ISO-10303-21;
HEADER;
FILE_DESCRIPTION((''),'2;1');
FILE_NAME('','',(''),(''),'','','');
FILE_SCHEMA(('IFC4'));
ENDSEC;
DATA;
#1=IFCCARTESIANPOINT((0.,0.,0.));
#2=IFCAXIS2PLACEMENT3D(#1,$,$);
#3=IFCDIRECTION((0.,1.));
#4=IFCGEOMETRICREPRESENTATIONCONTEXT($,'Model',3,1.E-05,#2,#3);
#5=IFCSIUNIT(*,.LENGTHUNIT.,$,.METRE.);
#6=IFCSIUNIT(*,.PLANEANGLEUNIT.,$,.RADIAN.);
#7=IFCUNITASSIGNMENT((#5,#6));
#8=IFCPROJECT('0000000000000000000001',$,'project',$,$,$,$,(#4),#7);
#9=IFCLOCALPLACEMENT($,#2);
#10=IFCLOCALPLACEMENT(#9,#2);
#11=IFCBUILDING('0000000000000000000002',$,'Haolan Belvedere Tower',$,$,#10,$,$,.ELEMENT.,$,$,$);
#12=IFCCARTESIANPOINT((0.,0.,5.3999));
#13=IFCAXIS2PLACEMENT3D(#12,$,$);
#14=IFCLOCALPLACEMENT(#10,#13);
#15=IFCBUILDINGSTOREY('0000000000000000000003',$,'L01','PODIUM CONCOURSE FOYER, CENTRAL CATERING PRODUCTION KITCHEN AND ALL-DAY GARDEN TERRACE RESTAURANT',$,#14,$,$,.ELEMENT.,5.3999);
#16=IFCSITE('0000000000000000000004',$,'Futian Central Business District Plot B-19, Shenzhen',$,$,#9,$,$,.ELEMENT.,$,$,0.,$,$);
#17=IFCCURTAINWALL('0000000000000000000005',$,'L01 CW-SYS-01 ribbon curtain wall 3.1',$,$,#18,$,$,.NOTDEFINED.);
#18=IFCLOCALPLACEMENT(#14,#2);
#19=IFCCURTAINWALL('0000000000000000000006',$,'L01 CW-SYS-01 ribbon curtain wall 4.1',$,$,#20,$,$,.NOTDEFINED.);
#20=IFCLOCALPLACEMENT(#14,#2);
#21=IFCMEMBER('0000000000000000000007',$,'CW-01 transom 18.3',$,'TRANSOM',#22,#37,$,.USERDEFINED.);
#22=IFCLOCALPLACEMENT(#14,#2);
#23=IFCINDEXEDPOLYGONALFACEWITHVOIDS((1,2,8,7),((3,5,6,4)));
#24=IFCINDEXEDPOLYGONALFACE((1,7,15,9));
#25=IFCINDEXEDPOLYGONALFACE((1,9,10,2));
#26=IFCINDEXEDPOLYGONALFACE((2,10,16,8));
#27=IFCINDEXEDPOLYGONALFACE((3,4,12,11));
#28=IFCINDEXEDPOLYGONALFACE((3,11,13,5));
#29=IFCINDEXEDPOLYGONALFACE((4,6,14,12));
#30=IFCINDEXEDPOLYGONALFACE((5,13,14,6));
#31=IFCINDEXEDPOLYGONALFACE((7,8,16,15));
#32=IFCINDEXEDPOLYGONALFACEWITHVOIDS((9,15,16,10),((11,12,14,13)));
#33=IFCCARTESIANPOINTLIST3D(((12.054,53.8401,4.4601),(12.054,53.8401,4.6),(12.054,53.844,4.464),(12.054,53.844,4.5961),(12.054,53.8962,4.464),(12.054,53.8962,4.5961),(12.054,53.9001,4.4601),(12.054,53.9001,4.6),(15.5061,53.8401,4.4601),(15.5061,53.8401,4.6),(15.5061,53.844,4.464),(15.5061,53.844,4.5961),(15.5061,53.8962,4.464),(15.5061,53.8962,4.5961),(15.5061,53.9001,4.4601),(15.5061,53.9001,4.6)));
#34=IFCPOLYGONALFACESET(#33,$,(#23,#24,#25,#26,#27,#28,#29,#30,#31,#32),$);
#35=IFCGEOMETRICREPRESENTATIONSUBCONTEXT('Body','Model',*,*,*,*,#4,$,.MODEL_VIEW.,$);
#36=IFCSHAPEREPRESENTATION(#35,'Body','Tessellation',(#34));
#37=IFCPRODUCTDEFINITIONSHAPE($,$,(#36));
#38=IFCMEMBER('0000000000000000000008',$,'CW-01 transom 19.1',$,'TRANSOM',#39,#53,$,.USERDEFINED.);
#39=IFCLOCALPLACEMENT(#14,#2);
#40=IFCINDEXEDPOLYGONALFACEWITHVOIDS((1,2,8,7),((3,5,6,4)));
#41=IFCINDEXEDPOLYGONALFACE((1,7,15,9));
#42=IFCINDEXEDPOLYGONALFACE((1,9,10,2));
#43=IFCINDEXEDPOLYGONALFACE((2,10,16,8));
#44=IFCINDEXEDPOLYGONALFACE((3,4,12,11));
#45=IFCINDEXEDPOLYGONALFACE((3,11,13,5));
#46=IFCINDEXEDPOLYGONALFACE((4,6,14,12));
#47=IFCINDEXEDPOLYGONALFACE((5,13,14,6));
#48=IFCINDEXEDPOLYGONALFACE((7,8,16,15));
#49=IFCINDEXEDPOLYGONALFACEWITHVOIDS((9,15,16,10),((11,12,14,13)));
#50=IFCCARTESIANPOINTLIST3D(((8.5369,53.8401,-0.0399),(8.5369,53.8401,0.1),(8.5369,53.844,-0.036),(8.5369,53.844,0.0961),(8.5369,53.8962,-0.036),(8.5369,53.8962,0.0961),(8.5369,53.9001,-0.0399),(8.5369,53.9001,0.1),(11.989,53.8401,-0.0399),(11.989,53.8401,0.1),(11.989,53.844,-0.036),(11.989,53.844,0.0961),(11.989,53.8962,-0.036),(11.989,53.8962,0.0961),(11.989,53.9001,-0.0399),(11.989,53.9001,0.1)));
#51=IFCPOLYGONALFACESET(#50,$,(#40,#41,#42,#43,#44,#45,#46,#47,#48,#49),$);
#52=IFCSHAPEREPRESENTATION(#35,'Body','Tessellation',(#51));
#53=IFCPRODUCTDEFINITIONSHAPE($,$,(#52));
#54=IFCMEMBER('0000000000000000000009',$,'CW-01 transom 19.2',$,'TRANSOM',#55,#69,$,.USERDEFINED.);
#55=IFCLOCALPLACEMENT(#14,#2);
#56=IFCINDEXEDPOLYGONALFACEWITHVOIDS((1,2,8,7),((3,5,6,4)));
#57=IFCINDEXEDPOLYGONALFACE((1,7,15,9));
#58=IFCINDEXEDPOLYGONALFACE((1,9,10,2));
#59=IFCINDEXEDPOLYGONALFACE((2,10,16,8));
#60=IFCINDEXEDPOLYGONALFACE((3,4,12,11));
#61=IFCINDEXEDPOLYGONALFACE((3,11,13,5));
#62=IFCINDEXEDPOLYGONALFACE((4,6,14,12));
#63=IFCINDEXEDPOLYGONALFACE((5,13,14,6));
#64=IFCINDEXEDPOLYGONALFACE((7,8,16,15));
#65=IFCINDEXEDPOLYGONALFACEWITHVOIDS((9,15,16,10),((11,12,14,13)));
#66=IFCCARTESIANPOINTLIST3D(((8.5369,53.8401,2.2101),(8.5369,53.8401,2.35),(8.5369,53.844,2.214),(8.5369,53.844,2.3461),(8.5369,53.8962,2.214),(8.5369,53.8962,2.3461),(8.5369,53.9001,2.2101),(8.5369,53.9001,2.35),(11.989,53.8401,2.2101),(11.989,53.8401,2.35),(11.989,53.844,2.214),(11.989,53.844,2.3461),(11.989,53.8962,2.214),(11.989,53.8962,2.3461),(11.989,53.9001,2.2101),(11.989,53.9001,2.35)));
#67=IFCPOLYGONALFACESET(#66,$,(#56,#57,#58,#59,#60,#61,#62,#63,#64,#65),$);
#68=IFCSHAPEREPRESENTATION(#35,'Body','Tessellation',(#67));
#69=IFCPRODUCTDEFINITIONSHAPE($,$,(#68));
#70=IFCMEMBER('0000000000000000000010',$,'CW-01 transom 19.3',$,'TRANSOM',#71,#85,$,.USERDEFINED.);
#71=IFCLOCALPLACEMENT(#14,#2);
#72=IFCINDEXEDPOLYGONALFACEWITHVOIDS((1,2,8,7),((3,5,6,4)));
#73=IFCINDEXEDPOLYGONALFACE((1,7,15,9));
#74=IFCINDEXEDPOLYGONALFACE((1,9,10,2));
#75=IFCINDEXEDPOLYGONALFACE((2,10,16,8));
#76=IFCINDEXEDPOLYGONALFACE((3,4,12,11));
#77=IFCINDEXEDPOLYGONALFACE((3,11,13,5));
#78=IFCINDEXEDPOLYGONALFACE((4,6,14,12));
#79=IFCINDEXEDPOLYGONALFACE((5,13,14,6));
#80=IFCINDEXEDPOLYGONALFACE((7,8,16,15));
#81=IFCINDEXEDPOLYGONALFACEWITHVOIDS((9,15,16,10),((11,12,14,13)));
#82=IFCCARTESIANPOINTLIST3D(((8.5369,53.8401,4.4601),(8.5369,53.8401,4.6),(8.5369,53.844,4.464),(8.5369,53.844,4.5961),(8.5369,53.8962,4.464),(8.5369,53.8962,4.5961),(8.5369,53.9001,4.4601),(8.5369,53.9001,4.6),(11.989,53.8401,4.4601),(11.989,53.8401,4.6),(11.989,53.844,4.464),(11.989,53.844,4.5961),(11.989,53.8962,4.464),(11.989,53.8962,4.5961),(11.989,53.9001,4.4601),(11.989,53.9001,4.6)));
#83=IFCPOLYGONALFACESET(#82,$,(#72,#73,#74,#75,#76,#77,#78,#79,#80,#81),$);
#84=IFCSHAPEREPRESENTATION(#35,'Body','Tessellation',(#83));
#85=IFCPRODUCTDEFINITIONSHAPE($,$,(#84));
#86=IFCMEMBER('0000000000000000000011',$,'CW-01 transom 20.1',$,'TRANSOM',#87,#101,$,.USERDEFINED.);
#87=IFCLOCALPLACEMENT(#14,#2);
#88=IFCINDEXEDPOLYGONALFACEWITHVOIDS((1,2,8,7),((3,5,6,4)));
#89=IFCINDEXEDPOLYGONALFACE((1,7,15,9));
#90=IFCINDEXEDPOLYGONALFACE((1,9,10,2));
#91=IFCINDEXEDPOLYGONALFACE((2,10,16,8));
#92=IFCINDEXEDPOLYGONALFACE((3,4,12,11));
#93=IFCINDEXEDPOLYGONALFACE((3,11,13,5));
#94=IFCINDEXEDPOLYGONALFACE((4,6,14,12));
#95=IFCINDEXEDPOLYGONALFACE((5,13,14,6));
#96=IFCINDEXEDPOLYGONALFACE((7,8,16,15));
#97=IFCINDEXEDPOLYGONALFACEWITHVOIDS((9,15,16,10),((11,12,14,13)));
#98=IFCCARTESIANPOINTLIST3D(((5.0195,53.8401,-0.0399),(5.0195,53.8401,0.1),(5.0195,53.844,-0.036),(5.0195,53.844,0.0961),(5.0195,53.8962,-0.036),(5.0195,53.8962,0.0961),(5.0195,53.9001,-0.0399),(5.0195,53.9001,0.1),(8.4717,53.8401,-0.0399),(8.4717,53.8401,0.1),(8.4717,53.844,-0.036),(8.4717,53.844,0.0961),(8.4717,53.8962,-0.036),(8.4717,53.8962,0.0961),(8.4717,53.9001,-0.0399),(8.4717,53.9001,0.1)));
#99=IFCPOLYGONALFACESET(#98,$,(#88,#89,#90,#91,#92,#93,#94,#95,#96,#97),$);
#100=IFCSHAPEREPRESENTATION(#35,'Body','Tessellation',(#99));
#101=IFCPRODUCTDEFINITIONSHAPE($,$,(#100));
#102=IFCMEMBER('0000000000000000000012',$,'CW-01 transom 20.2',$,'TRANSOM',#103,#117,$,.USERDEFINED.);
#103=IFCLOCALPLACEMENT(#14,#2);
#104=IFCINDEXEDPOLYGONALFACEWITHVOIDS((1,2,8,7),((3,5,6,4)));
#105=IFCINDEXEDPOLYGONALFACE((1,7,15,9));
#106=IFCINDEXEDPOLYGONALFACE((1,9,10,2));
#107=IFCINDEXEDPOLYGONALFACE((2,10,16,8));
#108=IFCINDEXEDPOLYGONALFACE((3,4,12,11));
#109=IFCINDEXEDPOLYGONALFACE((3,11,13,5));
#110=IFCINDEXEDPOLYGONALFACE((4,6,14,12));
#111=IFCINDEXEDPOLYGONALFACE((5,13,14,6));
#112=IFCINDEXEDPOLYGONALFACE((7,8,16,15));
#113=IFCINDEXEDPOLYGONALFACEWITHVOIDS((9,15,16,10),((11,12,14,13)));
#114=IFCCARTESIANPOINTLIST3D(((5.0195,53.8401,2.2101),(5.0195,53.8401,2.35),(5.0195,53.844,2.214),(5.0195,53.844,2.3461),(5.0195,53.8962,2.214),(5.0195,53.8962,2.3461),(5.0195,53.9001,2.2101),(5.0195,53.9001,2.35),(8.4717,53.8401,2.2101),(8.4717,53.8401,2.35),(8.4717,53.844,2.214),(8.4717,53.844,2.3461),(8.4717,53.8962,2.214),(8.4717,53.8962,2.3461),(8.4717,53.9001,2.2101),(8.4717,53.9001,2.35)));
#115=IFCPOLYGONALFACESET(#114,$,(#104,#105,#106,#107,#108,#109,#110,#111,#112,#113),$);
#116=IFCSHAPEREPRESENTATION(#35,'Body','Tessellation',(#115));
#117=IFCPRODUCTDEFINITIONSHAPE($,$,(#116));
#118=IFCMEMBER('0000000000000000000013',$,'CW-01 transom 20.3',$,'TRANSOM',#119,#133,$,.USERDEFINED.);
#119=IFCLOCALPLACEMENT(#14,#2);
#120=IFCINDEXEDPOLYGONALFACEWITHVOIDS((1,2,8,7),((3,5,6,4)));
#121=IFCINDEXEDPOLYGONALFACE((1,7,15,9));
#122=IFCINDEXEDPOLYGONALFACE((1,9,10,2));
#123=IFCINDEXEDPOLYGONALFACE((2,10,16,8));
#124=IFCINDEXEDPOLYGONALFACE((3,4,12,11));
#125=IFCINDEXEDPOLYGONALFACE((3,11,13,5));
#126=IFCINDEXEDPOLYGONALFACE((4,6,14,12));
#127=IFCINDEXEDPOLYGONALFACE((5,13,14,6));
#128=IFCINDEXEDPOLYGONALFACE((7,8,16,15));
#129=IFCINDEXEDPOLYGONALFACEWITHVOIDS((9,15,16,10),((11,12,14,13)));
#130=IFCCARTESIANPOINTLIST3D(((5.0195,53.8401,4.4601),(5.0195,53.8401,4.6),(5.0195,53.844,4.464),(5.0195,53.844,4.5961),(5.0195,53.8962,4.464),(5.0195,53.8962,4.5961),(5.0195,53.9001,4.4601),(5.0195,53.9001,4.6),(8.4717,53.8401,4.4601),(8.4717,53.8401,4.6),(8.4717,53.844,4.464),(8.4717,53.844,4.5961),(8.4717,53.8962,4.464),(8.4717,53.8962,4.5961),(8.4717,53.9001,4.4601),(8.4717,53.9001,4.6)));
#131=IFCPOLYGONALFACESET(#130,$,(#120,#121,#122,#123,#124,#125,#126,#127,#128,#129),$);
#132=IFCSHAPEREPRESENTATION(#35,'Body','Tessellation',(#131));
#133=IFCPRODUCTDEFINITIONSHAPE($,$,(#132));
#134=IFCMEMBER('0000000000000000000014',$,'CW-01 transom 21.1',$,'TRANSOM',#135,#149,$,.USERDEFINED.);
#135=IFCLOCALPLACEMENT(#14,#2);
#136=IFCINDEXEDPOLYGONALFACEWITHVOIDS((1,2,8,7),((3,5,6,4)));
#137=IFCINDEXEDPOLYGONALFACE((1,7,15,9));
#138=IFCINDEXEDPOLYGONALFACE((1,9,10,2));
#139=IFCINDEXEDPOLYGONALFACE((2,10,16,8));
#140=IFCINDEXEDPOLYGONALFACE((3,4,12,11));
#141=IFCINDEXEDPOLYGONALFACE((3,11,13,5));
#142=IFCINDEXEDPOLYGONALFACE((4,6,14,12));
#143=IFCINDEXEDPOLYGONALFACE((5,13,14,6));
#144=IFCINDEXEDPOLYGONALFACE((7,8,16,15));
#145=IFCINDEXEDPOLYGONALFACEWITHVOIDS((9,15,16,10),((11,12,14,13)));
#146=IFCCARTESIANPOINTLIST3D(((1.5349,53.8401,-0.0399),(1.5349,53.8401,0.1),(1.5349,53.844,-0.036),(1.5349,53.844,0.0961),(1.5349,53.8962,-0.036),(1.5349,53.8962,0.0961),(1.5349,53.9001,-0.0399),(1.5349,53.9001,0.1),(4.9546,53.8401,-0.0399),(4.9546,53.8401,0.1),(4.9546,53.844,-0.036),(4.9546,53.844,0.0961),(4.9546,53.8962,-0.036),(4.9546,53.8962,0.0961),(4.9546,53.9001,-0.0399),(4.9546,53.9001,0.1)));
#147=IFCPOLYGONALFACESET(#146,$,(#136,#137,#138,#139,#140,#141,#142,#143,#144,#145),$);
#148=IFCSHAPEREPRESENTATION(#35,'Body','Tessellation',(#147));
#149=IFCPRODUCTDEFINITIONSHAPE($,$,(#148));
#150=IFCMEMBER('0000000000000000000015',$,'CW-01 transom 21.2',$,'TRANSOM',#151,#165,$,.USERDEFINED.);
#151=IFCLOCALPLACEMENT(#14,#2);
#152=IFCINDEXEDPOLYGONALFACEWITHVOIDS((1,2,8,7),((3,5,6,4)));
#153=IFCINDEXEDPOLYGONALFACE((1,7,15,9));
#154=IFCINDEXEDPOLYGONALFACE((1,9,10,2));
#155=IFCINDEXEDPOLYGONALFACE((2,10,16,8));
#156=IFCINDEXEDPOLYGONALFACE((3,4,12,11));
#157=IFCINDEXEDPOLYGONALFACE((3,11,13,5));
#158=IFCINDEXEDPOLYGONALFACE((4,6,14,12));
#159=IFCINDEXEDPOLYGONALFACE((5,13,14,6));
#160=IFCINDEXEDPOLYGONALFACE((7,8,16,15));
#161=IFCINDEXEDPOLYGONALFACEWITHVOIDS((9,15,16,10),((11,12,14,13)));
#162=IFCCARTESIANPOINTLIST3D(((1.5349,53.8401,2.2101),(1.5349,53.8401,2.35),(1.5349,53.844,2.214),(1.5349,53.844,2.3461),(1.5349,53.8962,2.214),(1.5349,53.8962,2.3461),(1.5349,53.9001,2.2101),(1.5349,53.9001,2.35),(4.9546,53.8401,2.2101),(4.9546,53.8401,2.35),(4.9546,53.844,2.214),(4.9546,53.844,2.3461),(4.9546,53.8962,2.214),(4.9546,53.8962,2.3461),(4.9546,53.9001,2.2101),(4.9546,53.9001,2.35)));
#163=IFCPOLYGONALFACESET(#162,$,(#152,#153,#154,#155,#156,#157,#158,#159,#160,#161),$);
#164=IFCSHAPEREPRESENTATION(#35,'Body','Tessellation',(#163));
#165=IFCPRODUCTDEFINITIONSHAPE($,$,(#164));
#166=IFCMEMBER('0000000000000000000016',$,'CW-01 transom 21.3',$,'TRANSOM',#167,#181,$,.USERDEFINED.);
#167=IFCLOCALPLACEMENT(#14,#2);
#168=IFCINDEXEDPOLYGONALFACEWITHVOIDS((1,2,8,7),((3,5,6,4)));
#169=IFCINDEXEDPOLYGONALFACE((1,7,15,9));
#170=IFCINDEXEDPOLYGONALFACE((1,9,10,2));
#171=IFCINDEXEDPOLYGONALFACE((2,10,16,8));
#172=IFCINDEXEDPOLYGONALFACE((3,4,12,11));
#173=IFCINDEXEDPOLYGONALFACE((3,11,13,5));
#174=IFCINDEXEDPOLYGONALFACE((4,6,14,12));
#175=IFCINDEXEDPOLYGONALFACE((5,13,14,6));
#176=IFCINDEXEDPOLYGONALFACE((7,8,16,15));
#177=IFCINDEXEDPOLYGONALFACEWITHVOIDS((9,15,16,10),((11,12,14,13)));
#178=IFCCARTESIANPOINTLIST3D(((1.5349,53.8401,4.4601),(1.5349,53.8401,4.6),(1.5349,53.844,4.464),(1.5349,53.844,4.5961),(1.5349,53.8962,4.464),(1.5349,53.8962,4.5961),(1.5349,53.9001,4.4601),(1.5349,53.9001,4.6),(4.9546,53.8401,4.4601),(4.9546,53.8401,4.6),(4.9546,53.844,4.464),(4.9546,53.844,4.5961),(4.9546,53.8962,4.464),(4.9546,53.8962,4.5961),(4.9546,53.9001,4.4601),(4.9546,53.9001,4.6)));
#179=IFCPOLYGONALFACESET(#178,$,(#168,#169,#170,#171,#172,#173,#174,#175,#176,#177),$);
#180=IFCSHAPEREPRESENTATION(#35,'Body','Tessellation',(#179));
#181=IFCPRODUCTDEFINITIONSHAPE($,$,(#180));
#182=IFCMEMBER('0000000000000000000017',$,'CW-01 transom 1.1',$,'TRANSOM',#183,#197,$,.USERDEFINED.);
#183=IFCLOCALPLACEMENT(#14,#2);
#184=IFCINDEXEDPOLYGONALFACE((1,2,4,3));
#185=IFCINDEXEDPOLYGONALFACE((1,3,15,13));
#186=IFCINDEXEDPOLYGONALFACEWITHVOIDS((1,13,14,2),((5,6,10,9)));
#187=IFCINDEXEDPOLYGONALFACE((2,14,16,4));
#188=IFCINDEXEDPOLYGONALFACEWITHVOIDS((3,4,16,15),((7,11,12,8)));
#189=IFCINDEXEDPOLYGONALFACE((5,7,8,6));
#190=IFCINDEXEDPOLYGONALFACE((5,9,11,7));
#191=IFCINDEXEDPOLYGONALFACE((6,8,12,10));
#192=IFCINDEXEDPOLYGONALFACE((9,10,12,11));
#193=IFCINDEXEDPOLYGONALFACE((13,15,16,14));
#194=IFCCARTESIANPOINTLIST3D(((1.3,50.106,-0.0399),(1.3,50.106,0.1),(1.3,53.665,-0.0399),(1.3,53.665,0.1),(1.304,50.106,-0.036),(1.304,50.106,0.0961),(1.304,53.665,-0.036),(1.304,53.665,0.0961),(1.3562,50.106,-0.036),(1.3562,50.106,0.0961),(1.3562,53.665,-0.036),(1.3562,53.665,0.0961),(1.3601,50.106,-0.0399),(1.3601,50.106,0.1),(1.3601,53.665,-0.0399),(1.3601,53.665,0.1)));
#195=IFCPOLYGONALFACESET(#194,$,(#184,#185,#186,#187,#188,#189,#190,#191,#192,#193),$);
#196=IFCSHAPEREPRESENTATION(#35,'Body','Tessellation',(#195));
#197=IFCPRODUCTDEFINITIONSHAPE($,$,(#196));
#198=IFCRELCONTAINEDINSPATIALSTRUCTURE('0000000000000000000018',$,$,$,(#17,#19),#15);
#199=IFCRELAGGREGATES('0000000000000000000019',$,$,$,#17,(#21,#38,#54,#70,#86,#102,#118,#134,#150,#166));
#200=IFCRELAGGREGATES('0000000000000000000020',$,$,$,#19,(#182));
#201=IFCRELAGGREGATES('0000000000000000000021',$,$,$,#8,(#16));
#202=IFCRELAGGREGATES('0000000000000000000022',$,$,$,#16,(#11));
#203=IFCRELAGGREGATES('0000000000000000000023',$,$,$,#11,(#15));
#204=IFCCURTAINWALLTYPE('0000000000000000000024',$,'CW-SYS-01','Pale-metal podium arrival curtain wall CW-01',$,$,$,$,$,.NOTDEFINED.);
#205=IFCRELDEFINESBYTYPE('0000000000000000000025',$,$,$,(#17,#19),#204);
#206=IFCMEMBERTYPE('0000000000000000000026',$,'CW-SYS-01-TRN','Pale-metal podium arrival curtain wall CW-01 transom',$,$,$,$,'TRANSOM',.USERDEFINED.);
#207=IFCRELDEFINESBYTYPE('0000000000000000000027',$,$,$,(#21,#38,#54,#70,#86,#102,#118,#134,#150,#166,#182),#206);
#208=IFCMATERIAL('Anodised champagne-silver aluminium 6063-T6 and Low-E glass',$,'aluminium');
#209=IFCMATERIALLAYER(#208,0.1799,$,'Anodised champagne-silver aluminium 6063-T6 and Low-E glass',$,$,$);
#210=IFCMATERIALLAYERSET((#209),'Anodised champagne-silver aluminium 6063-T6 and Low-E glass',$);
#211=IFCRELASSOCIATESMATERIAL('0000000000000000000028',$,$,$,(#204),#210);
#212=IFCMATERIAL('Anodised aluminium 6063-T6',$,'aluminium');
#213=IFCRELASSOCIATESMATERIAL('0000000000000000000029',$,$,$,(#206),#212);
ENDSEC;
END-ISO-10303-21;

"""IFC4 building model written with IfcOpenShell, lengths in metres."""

from ifc_helpers import new_model, si_unit, direction, frame, origin, origin_2d, place, context, subcontext, project, spatial, hollow_rectangle, extrude, material, layer, layer_set, material_profile, profile_set, type_object, element, aggregate, save


model = new_model("IFC4")

# Units and contexts
model_context = context("Model", 3, precision=1e-05, world=origin(), true_north=direction((0.0, 1.0)))
body_context = subcontext(model_context, "Body", "Model", "MODEL_VIEW")
ifc_project = project(units=[si_unit("LENGTHUNIT", "METRE"), si_unit("PLANEANGLEUNIT", "RADIAN")], contexts=[model_context])

# Site, building, storey
site_placement = place(None, origin())
site = spatial("IfcSite", under=ifc_project, at=site_placement, Name="Futian Central Business District Plot B-19, Shenzhen", CompositionType="ELEMENT", RefElevation=0.0)
building_placement = place(site_placement, origin())
building = spatial("IfcBuilding", under=site, at=building_placement, Name="Haolan Belvedere Tower", CompositionType="ELEMENT")
storey_placement = place(building_placement, frame((0.0, 0.0, 5.3999)))
storey = spatial("IfcBuildingStorey", under=building, at=storey_placement, Name="L01", Description="PODIUM CONCOURSE FOYER, CENTRAL CATERING PRODUCTION KITCHEN AND ALL-DAY GARDEN TERRACE RESTAURANT", CompositionType="ELEMENT", Elevation=5.3999)

# Curtain wall
ifc_material_1 = material(Name="Anodised champagne-silver aluminium 6063-T6 and Low-E glass", Category="aluminium")
ifc_layer_1 = layer(ifc_material_1, 0.1799, Name="Anodised champagne-silver aluminium 6063-T6 and Low-E glass")
ifc_layer_set_1 = layer_set([ifc_layer_1], Name="Anodised champagne-silver aluminium 6063-T6 and Low-E glass")
curtain_wall_type = type_object("IfcCurtainWallType", Name="CW-SYS-01", Description="Pale-metal podium arrival curtain wall CW-01", PredefinedType="NOTDEFINED", material=ifc_layer_set_1)
curtain_wall_1_placement = place(storey_placement, origin())
curtain_wall_1 = element("IfcCurtainWall", 1, at=curtain_wall_1_placement, inside=storey, type_object=curtain_wall_type, Name="L01 CW-SYS-01 ribbon curtain wall 3.1", PredefinedType="NOTDEFINED")
ifc_material_2 = material(Name="Anodised aluminium 6063-T6", Category="aluminium")

# Curtain wall
curtain_wall_2_placement = place(storey_placement, origin())
curtain_wall_2 = element("IfcCurtainWall", 2, at=curtain_wall_2_placement, inside=storey, type_object=curtain_wall_type, Name="L01 CW-SYS-01 ribbon curtain wall 4.1", PredefinedType="NOTDEFINED")

# Members
ifc_material_profile_1 = material_profile(ifc_material_2, hollow_rectangle(XDim=0.0601, YDim=0.1399, WallThickness=0.0039, at=origin_2d()), Name="Anodised aluminium 6063-T6")
ifc_profile_set_1 = profile_set([ifc_material_profile_1], Name="Anodised aluminium 6063-T6")
member_type_1 = type_object("IfcMemberType", Name="CW-SYS-01-TRN", Description="Pale-metal podium arrival curtain wall CW-01 transom", ElementType="TRANSOM", PredefinedType="USERDEFINED", material=ifc_profile_set_1)
member_1_placement = place(storey_placement, frame((15.5061, 53.8701, 4.53), z_axis=(-1.0, 0.0, 0.0), x_axis=(0.0, -1.0, 0.0)))
member_1 = element("IfcMember", 3, at=member_1_placement, type_object=member_type_1, Name="CW-01 transom 18.3", ObjectType="TRANSOM", PredefinedType="USERDEFINED", context=body_context, shape_type="SweptSolid", body=[
    extrude(hollow_rectangle(XDim=0.0601, YDim=0.1399, WallThickness=0.0039, at=origin_2d()), origin(), (0.0, 0.0, 1.0), 3.4521),
])
member_2_placement = place(storey_placement, frame((11.989, 53.8701, 0.03), z_axis=(-1.0, 0.0, 0.0), x_axis=(0.0, -1.0, 0.0)))
member_2 = element("IfcMember", 4, at=member_2_placement, type_object=member_type_1, Name="CW-01 transom 19.1", ObjectType="TRANSOM", PredefinedType="USERDEFINED", context=body_context, shape_type="SweptSolid", body=[
    extrude(hollow_rectangle(XDim=0.0601, YDim=0.1399, WallThickness=0.0039, at=origin_2d()), origin(), (0.0, 0.0, 1.0), 3.4521),
])
member_3_placement = place(storey_placement, frame((11.989, 53.8701, 2.28), z_axis=(-1.0, 0.0, 0.0), x_axis=(0.0, -1.0, 0.0)))
member_3 = element("IfcMember", 5, at=member_3_placement, type_object=member_type_1, Name="CW-01 transom 19.2", ObjectType="TRANSOM", PredefinedType="USERDEFINED", context=body_context, shape_type="SweptSolid", body=[
    extrude(hollow_rectangle(XDim=0.0601, YDim=0.1399, WallThickness=0.0039, at=origin_2d()), origin(), (0.0, 0.0, 1.0), 3.4521),
])
member_4_placement = place(storey_placement, frame((11.989, 53.8701, 4.53), z_axis=(-1.0, 0.0, 0.0), x_axis=(0.0, -1.0, 0.0)))
member_4 = element("IfcMember", 6, at=member_4_placement, type_object=member_type_1, Name="CW-01 transom 19.3", ObjectType="TRANSOM", PredefinedType="USERDEFINED", context=body_context, shape_type="SweptSolid", body=[
    extrude(hollow_rectangle(XDim=0.0601, YDim=0.1399, WallThickness=0.0039, at=origin_2d()), origin(), (0.0, 0.0, 1.0), 3.4521),
])
member_5_placement = place(storey_placement, frame((8.4717, 53.8701, 0.03), z_axis=(-1.0, 0.0, 0.0), x_axis=(0.0, -1.0, 0.0)))
member_5 = element("IfcMember", 7, at=member_5_placement, type_object=member_type_1, Name="CW-01 transom 20.1", ObjectType="TRANSOM", PredefinedType="USERDEFINED", context=body_context, shape_type="SweptSolid", body=[
    extrude(hollow_rectangle(XDim=0.0601, YDim=0.1399, WallThickness=0.0039, at=origin_2d()), origin(), (0.0, 0.0, 1.0), 3.4521),
])
member_6_placement = place(storey_placement, frame((8.4717, 53.8701, 2.28), z_axis=(-1.0, 0.0, 0.0), x_axis=(0.0, -1.0, 0.0)))
member_6 = element("IfcMember", 8, at=member_6_placement, type_object=member_type_1, Name="CW-01 transom 20.2", ObjectType="TRANSOM", PredefinedType="USERDEFINED", context=body_context, shape_type="SweptSolid", body=[
    extrude(hollow_rectangle(XDim=0.0601, YDim=0.1399, WallThickness=0.0039, at=origin_2d()), origin(), (0.0, 0.0, 1.0), 3.4521),
])
member_7_placement = place(storey_placement, frame((8.4717, 53.8701, 4.53), z_axis=(-1.0, 0.0, 0.0), x_axis=(0.0, -1.0, 0.0)))
member_7 = element("IfcMember", 9, at=member_7_placement, type_object=member_type_1, Name="CW-01 transom 20.3", ObjectType="TRANSOM", PredefinedType="USERDEFINED", context=body_context, shape_type="SweptSolid", body=[
    extrude(hollow_rectangle(XDim=0.0601, YDim=0.1399, WallThickness=0.0039, at=origin_2d()), origin(), (0.0, 0.0, 1.0), 3.4521),
])
member_8_placement = place(storey_placement, frame((4.9546, 53.8701, 0.03), z_axis=(-1.0, 0.0, 0.0), x_axis=(0.0, -1.0, 0.0)))
member_8 = element("IfcMember", 10, at=member_8_placement, type_object=member_type_1, Name="CW-01 transom 21.1", ObjectType="TRANSOM", PredefinedType="USERDEFINED", context=body_context, shape_type="SweptSolid", body=[
    extrude(hollow_rectangle(XDim=0.0601, YDim=0.1399, WallThickness=0.0039, at=origin_2d()), origin(), (0.0, 0.0, 1.0), 3.4197),
])
member_9_placement = place(storey_placement, frame((4.9546, 53.8701, 2.28), z_axis=(-1.0, 0.0, 0.0), x_axis=(0.0, -1.0, 0.0)))
member_9 = element("IfcMember", 11, at=member_9_placement, type_object=member_type_1, Name="CW-01 transom 21.2", ObjectType="TRANSOM", PredefinedType="USERDEFINED", context=body_context, shape_type="SweptSolid", body=[
    extrude(hollow_rectangle(XDim=0.0601, YDim=0.1399, WallThickness=0.0039, at=origin_2d()), origin(), (0.0, 0.0, 1.0), 3.4197),
])
member_10_placement = place(storey_placement, frame((4.9546, 53.8701, 4.53), z_axis=(-1.0, 0.0, 0.0), x_axis=(0.0, -1.0, 0.0)))
member_10 = element("IfcMember", 12, at=member_10_placement, type_object=member_type_1, Name="CW-01 transom 21.3", ObjectType="TRANSOM", PredefinedType="USERDEFINED", context=body_context, shape_type="SweptSolid", body=[
    extrude(hollow_rectangle(XDim=0.0601, YDim=0.1399, WallThickness=0.0039, at=origin_2d()), origin(), (0.0, 0.0, 1.0), 3.4197),
])
member_11_placement = place(storey_placement, frame((1.3301, 53.665, 0.03), z_axis=(0.0, -1.0, 0.0), x_axis=(1.0, 0.0, 0.0)))
member_11 = element("IfcMember", 13, at=member_11_placement, type_object=member_type_1, Name="CW-01 transom 1.1", ObjectType="TRANSOM", PredefinedType="USERDEFINED", context=body_context, shape_type="SweptSolid", body=[
    extrude(hollow_rectangle(XDim=0.0601, YDim=0.1399, WallThickness=0.0039, at=origin_2d()), origin(), (0.0, 0.0, 1.0), 3.5591),
])

aggregate(curtain_wall_1, [member_1, member_2, member_3, member_4, member_5, member_6, member_7, member_8, member_9, member_10])
aggregate(curtain_wall_2, [member_11])

save(model, "model.ifc")
